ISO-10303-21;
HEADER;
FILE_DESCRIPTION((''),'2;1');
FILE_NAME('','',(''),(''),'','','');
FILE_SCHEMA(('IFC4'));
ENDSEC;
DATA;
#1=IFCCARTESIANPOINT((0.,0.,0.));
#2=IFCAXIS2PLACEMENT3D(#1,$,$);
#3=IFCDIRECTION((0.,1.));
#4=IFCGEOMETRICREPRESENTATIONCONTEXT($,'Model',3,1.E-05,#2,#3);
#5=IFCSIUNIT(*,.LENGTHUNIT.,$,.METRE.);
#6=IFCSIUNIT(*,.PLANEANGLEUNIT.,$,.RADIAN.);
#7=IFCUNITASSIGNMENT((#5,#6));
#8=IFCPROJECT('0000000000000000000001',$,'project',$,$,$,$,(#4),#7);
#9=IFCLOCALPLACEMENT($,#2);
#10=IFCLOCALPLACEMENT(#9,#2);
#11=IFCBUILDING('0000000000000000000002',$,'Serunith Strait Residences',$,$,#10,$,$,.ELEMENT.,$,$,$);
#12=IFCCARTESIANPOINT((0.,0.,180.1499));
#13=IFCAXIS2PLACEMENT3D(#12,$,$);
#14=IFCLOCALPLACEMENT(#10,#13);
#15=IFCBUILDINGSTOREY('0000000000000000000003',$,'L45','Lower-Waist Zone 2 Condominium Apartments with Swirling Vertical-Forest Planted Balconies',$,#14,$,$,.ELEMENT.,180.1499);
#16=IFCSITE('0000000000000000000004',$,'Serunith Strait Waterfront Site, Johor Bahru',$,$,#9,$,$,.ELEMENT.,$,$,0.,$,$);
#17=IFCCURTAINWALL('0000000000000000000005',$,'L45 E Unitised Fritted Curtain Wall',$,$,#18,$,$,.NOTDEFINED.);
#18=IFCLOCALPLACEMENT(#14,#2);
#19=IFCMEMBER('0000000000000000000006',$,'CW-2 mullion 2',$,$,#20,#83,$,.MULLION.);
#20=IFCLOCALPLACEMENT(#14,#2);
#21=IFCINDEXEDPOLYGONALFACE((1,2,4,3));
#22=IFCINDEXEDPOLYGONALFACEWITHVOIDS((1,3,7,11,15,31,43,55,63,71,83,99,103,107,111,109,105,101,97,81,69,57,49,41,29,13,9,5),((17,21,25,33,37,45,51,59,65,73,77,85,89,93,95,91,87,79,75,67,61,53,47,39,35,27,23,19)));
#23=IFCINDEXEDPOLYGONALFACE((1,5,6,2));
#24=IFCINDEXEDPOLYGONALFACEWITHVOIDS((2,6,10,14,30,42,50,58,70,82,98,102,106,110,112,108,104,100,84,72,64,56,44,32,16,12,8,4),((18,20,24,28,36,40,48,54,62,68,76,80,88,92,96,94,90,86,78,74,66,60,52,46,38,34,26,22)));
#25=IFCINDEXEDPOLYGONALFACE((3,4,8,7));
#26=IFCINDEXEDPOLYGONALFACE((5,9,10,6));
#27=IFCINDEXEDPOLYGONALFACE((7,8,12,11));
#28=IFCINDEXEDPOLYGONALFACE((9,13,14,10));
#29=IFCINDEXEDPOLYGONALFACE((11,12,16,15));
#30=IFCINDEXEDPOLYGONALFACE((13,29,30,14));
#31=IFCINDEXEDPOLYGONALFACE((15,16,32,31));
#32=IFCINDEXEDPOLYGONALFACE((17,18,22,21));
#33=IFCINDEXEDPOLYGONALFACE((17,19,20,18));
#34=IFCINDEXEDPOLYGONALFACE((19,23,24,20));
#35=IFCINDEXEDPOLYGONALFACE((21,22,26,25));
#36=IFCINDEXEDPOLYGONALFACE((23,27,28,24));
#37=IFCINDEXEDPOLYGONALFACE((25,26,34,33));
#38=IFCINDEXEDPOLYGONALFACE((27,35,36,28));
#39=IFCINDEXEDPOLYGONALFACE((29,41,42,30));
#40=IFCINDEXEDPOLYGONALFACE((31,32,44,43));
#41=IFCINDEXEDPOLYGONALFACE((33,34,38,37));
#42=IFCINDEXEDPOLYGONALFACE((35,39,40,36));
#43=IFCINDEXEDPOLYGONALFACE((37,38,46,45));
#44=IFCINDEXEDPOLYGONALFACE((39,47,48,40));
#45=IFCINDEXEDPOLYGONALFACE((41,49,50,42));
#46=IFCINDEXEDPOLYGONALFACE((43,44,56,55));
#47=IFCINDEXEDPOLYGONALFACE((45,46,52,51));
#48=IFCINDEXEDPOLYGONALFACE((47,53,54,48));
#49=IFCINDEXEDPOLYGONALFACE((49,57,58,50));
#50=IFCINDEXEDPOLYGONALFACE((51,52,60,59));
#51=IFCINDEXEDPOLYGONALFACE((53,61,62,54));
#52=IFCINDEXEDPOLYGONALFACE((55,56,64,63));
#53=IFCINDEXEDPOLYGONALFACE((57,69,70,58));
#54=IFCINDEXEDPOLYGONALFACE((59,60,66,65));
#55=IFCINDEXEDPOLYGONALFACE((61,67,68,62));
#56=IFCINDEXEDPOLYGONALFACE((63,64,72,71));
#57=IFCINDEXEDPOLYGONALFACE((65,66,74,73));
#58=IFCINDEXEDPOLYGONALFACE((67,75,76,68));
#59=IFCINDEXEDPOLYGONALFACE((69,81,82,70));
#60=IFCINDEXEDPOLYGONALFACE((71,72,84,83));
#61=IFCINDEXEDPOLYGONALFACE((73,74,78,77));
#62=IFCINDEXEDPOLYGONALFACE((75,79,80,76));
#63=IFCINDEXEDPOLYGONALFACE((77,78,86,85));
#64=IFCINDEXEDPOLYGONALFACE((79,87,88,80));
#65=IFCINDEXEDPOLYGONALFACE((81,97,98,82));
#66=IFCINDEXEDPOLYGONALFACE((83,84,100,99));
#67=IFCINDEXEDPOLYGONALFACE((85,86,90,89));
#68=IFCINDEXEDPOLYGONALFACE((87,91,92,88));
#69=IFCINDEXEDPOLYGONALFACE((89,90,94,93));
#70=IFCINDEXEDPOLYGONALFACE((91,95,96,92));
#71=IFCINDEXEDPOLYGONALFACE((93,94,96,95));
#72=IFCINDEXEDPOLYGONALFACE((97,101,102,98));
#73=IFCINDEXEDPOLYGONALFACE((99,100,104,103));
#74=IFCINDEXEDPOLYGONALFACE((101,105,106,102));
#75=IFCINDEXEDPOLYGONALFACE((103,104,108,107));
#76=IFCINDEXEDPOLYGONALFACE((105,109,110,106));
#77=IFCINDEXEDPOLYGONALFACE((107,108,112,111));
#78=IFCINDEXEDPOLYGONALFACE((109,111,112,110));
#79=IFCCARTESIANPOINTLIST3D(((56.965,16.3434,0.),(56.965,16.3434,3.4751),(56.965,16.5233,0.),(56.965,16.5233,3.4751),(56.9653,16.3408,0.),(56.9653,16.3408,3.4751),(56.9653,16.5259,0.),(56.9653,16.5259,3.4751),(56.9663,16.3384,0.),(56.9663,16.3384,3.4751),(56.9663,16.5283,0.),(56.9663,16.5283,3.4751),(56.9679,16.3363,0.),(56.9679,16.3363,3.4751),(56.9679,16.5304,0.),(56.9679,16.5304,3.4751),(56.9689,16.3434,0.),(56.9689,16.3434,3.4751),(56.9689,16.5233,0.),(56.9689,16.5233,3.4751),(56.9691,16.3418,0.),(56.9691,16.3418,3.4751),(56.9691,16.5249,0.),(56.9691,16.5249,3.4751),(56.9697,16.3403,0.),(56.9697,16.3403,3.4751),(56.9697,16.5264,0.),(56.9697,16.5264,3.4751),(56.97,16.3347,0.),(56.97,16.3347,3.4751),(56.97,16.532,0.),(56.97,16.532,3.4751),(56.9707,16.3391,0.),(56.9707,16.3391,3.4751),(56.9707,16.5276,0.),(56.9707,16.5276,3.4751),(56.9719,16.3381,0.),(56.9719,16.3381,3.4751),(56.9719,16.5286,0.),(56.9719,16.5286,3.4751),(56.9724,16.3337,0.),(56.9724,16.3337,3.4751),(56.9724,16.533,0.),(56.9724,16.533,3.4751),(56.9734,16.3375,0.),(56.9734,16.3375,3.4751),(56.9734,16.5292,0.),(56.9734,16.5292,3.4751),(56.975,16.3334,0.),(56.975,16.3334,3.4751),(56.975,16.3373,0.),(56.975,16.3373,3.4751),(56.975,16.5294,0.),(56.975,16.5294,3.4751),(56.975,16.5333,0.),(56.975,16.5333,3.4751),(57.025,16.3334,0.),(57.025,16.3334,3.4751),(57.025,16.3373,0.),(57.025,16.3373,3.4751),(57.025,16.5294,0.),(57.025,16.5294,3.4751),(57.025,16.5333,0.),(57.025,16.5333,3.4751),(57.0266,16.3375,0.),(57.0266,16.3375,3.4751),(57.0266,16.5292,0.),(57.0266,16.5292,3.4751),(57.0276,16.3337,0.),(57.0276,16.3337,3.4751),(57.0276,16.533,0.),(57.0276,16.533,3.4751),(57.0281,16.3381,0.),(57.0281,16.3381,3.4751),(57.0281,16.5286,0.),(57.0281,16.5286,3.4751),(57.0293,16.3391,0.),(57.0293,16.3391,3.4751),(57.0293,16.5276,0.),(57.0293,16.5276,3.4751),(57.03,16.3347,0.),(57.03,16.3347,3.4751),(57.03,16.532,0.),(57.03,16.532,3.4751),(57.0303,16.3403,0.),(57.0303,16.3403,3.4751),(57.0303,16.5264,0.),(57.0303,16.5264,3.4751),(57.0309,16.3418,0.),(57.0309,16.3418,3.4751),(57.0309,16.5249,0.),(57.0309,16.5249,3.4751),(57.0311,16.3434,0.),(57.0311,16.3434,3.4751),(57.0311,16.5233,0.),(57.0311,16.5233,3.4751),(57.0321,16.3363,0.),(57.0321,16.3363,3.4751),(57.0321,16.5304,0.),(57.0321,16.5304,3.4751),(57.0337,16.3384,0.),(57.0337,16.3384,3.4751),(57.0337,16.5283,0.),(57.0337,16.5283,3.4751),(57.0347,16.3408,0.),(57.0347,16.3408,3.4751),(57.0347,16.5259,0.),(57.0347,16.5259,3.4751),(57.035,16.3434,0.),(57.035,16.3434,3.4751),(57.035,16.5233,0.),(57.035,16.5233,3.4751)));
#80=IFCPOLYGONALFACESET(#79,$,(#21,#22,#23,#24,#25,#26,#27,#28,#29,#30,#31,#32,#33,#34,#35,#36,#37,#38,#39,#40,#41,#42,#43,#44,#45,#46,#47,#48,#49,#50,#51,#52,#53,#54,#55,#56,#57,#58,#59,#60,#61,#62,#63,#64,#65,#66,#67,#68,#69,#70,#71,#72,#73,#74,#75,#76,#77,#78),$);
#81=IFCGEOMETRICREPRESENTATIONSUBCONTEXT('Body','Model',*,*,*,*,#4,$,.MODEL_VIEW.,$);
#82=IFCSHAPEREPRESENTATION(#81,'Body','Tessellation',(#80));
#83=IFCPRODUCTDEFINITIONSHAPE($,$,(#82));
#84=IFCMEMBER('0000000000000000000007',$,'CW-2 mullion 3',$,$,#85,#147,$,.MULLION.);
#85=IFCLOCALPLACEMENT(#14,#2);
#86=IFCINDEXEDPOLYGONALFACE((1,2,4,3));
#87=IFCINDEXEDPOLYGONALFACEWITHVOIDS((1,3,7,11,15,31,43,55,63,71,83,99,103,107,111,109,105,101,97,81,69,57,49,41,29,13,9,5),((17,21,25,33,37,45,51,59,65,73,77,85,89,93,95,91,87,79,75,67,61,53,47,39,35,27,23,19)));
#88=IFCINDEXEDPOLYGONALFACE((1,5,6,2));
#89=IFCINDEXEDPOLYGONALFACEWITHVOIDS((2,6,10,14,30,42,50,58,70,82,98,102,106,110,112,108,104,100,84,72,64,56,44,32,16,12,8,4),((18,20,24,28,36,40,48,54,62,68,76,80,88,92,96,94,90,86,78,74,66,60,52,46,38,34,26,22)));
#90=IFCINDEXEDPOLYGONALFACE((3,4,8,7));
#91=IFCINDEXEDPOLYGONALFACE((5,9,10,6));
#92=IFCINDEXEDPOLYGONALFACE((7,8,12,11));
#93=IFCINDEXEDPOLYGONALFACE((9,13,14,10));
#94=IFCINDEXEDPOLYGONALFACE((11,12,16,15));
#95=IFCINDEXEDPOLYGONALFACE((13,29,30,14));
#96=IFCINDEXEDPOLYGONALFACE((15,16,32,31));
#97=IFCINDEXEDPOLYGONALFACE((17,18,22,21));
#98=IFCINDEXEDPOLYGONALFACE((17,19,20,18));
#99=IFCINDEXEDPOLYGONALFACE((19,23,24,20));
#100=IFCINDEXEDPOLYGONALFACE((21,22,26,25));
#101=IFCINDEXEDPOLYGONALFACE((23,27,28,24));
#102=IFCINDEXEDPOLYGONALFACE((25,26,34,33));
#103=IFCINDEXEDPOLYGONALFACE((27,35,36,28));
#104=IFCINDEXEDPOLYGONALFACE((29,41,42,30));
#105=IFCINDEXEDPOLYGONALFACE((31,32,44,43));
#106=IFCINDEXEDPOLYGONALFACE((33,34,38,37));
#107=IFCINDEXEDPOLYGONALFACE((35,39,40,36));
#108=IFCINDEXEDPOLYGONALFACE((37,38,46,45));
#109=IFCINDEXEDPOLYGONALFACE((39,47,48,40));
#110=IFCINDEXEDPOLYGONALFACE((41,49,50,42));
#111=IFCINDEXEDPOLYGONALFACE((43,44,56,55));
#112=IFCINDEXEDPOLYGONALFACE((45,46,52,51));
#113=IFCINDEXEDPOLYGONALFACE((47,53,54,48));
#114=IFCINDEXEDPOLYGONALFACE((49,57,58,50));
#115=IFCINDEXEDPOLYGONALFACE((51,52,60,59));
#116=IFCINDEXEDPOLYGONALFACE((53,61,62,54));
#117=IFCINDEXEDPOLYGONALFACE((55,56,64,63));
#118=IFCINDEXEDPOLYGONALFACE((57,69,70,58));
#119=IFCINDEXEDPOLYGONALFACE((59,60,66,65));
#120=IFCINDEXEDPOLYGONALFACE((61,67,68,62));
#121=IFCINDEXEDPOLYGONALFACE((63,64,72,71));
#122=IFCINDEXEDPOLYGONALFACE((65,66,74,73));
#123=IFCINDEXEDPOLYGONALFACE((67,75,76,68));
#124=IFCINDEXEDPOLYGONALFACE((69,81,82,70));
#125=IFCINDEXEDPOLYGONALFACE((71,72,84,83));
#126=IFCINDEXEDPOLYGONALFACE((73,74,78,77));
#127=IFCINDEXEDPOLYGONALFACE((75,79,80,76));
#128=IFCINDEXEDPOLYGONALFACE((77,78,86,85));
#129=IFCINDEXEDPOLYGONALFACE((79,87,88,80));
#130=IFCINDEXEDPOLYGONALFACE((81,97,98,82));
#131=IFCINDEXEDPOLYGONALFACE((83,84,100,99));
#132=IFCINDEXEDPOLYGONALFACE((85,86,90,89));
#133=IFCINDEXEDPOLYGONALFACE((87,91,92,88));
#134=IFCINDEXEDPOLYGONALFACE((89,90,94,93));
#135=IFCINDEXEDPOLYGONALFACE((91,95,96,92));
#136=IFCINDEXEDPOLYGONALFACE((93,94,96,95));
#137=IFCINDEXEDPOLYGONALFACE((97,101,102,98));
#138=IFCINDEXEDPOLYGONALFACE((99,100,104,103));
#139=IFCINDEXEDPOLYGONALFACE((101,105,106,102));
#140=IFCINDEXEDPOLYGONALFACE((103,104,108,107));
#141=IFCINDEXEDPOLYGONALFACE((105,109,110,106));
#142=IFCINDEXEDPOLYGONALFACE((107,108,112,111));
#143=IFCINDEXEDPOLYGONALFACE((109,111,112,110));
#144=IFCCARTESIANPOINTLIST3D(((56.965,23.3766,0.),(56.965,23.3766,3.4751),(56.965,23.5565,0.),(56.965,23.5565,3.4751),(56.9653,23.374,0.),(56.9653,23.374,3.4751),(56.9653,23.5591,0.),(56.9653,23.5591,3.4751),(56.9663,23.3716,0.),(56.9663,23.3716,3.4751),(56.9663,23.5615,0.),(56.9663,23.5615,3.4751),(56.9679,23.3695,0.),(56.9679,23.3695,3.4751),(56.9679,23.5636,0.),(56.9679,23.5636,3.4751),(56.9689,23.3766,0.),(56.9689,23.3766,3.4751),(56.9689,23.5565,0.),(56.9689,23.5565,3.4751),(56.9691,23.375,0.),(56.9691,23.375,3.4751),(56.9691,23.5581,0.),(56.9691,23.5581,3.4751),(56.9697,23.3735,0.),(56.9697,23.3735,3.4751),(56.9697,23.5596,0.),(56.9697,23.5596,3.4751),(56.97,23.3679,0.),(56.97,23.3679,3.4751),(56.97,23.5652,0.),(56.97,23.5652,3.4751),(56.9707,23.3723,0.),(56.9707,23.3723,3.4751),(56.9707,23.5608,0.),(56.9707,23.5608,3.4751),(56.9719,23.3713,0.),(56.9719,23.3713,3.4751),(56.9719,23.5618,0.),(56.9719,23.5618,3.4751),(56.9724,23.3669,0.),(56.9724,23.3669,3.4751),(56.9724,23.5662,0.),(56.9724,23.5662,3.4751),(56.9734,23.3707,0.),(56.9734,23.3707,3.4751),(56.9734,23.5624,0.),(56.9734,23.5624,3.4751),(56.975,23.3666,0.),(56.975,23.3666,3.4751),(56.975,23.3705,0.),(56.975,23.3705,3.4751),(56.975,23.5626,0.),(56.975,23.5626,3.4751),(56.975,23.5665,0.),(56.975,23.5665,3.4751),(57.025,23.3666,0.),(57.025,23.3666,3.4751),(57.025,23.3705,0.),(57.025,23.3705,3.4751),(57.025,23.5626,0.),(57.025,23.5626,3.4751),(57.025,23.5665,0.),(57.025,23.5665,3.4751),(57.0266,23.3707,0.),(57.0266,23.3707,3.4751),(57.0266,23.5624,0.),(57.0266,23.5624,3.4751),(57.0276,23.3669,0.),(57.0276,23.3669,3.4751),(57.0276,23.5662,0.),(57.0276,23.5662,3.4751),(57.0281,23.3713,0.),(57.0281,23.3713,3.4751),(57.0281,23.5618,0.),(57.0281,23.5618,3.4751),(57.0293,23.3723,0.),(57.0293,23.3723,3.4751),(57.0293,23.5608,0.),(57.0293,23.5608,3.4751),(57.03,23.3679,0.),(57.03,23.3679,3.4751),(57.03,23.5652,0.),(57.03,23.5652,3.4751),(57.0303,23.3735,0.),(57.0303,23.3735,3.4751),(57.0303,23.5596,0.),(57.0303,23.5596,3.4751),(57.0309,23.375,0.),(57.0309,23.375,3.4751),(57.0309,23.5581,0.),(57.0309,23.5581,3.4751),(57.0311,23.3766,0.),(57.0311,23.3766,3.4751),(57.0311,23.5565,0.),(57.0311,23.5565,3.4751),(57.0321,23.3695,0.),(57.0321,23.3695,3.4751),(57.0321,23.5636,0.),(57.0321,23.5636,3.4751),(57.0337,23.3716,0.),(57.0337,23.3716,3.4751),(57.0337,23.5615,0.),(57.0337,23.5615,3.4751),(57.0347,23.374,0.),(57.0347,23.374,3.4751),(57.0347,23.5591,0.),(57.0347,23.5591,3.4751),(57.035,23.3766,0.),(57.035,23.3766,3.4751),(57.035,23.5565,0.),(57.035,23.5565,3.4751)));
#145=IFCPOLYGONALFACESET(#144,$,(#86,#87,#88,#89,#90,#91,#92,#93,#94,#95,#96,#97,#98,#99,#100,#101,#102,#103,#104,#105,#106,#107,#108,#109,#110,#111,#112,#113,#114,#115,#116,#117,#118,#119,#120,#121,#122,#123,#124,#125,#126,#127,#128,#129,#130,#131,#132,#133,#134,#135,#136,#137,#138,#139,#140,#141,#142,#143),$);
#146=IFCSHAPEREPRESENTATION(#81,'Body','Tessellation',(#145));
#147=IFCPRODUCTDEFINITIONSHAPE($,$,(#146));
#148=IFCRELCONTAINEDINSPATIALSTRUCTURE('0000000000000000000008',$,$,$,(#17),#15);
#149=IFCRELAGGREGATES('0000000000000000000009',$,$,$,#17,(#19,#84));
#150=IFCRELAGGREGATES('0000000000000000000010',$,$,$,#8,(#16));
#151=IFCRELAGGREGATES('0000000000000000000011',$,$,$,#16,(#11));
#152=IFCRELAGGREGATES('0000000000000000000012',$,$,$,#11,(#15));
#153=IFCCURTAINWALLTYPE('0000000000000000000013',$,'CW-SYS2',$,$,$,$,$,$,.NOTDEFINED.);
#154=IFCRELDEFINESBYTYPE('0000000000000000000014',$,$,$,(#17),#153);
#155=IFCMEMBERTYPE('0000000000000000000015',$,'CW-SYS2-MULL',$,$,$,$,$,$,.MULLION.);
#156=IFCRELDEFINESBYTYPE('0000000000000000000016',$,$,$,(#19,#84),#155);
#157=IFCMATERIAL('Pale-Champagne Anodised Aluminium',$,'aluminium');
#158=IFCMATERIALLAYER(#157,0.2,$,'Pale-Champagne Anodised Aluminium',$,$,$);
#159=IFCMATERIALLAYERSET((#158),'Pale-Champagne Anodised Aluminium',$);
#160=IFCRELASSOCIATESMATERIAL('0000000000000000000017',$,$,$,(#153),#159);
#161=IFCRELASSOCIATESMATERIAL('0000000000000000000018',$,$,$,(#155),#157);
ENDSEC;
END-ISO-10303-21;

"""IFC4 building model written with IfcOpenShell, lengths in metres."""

from ifc_helpers import new_model, si_unit, direction, frame, origin, origin_2d, place, context, subcontext, project, spatial, hollow_rectangle, extrude, source, transform, mapped, material, layer, layer_set, material_profile, profile_set, type_object, element, aggregate, save


model = new_model("IFC4")

# Units and contexts
model_context = context("Model", 3, precision=1e-05, world=origin(), true_north=direction((0.0, 1.0)))
body_context = subcontext(model_context, "Body", "Model", "MODEL_VIEW")
ifc_project = project(units=[si_unit("LENGTHUNIT", "METRE"), si_unit("PLANEANGLEUNIT", "RADIAN")], contexts=[model_context])

# Site, building, storey
site_placement = place(None, origin())
site = spatial("IfcSite", under=ifc_project, at=site_placement, Name="Serunith Strait Waterfront Site, Johor Bahru", CompositionType="ELEMENT", RefElevation=0.0)
building_placement = place(site_placement, origin())
building = spatial("IfcBuilding", under=site, at=building_placement, Name="Serunith Strait Residences", CompositionType="ELEMENT")
storey_placement = place(building_placement, frame((0.0, 0.0, 180.1499)))
storey = spatial("IfcBuildingStorey", under=building, at=storey_placement, Name="L45", Description="Lower-Waist Zone 2 Condominium Apartments with Swirling Vertical-Forest Planted Balconies", CompositionType="ELEMENT", Elevation=180.1499)

# Curtain wall, members
ifc_material_1 = material(Name="Pale-Champagne Anodised Aluminium", Category="aluminium")
ifc_layer_1 = layer(ifc_material_1, 0.2, Name="Pale-Champagne Anodised Aluminium")
ifc_layer_set_1 = layer_set([ifc_layer_1], Name="Pale-Champagne Anodised Aluminium")
curtain_wall_type = type_object("IfcCurtainWallType", Name="CW-SYS2", PredefinedType="NOTDEFINED", material=ifc_layer_set_1)
curtain_wall_placement = place(storey_placement, origin())
curtain_wall = element("IfcCurtainWall", 1, at=curtain_wall_placement, inside=storey, type_object=curtain_wall_type, Name="L45 E Unitised Fritted Curtain Wall", PredefinedType="NOTDEFINED")
ifc_material_profile_1 = material_profile(ifc_material_1, hollow_rectangle(XDim=0.0701, YDim=0.2, WallThickness=0.0039, InnerFilletRadius=0.0061, OuterFilletRadius=0.01, at=origin_2d()), Name="ALU 200x70x4")
ifc_profile_set_1 = profile_set([ifc_material_profile_1], Name="Pale-Champagne Anodised Aluminium")
member_type_1 = type_object("IfcMemberType", Name="CW-SYS2-MULL", PredefinedType="MULLION", material=ifc_profile_set_1)
shared_shape_1 = source(origin(), body_context, "Body", "SweptSolid", [
    extrude(hollow_rectangle(XDim=0.0701, YDim=0.2, WallThickness=0.0039, InnerFilletRadius=0.0061, OuterFilletRadius=0.01, at=origin_2d()), origin(), (0.0, 0.0, 1.0), 3.4751),
])
member_1_placement = place(storey_placement, frame((57.0, 16.4333, 0.0), z_axis=(0.0, 0.0, 1.0), x_axis=(-1.0, 0.0, 0.0)))
member_1 = element("IfcMember", 2, at=member_1_placement, type_object=member_type_1, Name="CW-2 mullion 2", PredefinedType="MULLION", context=body_context, shape_type="MappedRepresentation", body=[
    mapped(shared_shape_1, transform((0.0, 0.0, 0.0), scale=1.0)),
])
member_2_placement = place(storey_placement, frame((57.0, 23.4666, 0.0), z_axis=(0.0, 0.0, 1.0), x_axis=(-1.0, 0.0, 0.0)))
member_2 = element("IfcMember", 3, at=member_2_placement, type_object=member_type_1, Name="CW-2 mullion 3", PredefinedType="MULLION", context=body_context, shape_type="MappedRepresentation", body=[
    mapped(shared_shape_1, transform((0.0, 0.0, 0.0), scale=1.0)),
])
aggregate(curtain_wall, [member_1, member_2])

save(model, "model.ifc")
